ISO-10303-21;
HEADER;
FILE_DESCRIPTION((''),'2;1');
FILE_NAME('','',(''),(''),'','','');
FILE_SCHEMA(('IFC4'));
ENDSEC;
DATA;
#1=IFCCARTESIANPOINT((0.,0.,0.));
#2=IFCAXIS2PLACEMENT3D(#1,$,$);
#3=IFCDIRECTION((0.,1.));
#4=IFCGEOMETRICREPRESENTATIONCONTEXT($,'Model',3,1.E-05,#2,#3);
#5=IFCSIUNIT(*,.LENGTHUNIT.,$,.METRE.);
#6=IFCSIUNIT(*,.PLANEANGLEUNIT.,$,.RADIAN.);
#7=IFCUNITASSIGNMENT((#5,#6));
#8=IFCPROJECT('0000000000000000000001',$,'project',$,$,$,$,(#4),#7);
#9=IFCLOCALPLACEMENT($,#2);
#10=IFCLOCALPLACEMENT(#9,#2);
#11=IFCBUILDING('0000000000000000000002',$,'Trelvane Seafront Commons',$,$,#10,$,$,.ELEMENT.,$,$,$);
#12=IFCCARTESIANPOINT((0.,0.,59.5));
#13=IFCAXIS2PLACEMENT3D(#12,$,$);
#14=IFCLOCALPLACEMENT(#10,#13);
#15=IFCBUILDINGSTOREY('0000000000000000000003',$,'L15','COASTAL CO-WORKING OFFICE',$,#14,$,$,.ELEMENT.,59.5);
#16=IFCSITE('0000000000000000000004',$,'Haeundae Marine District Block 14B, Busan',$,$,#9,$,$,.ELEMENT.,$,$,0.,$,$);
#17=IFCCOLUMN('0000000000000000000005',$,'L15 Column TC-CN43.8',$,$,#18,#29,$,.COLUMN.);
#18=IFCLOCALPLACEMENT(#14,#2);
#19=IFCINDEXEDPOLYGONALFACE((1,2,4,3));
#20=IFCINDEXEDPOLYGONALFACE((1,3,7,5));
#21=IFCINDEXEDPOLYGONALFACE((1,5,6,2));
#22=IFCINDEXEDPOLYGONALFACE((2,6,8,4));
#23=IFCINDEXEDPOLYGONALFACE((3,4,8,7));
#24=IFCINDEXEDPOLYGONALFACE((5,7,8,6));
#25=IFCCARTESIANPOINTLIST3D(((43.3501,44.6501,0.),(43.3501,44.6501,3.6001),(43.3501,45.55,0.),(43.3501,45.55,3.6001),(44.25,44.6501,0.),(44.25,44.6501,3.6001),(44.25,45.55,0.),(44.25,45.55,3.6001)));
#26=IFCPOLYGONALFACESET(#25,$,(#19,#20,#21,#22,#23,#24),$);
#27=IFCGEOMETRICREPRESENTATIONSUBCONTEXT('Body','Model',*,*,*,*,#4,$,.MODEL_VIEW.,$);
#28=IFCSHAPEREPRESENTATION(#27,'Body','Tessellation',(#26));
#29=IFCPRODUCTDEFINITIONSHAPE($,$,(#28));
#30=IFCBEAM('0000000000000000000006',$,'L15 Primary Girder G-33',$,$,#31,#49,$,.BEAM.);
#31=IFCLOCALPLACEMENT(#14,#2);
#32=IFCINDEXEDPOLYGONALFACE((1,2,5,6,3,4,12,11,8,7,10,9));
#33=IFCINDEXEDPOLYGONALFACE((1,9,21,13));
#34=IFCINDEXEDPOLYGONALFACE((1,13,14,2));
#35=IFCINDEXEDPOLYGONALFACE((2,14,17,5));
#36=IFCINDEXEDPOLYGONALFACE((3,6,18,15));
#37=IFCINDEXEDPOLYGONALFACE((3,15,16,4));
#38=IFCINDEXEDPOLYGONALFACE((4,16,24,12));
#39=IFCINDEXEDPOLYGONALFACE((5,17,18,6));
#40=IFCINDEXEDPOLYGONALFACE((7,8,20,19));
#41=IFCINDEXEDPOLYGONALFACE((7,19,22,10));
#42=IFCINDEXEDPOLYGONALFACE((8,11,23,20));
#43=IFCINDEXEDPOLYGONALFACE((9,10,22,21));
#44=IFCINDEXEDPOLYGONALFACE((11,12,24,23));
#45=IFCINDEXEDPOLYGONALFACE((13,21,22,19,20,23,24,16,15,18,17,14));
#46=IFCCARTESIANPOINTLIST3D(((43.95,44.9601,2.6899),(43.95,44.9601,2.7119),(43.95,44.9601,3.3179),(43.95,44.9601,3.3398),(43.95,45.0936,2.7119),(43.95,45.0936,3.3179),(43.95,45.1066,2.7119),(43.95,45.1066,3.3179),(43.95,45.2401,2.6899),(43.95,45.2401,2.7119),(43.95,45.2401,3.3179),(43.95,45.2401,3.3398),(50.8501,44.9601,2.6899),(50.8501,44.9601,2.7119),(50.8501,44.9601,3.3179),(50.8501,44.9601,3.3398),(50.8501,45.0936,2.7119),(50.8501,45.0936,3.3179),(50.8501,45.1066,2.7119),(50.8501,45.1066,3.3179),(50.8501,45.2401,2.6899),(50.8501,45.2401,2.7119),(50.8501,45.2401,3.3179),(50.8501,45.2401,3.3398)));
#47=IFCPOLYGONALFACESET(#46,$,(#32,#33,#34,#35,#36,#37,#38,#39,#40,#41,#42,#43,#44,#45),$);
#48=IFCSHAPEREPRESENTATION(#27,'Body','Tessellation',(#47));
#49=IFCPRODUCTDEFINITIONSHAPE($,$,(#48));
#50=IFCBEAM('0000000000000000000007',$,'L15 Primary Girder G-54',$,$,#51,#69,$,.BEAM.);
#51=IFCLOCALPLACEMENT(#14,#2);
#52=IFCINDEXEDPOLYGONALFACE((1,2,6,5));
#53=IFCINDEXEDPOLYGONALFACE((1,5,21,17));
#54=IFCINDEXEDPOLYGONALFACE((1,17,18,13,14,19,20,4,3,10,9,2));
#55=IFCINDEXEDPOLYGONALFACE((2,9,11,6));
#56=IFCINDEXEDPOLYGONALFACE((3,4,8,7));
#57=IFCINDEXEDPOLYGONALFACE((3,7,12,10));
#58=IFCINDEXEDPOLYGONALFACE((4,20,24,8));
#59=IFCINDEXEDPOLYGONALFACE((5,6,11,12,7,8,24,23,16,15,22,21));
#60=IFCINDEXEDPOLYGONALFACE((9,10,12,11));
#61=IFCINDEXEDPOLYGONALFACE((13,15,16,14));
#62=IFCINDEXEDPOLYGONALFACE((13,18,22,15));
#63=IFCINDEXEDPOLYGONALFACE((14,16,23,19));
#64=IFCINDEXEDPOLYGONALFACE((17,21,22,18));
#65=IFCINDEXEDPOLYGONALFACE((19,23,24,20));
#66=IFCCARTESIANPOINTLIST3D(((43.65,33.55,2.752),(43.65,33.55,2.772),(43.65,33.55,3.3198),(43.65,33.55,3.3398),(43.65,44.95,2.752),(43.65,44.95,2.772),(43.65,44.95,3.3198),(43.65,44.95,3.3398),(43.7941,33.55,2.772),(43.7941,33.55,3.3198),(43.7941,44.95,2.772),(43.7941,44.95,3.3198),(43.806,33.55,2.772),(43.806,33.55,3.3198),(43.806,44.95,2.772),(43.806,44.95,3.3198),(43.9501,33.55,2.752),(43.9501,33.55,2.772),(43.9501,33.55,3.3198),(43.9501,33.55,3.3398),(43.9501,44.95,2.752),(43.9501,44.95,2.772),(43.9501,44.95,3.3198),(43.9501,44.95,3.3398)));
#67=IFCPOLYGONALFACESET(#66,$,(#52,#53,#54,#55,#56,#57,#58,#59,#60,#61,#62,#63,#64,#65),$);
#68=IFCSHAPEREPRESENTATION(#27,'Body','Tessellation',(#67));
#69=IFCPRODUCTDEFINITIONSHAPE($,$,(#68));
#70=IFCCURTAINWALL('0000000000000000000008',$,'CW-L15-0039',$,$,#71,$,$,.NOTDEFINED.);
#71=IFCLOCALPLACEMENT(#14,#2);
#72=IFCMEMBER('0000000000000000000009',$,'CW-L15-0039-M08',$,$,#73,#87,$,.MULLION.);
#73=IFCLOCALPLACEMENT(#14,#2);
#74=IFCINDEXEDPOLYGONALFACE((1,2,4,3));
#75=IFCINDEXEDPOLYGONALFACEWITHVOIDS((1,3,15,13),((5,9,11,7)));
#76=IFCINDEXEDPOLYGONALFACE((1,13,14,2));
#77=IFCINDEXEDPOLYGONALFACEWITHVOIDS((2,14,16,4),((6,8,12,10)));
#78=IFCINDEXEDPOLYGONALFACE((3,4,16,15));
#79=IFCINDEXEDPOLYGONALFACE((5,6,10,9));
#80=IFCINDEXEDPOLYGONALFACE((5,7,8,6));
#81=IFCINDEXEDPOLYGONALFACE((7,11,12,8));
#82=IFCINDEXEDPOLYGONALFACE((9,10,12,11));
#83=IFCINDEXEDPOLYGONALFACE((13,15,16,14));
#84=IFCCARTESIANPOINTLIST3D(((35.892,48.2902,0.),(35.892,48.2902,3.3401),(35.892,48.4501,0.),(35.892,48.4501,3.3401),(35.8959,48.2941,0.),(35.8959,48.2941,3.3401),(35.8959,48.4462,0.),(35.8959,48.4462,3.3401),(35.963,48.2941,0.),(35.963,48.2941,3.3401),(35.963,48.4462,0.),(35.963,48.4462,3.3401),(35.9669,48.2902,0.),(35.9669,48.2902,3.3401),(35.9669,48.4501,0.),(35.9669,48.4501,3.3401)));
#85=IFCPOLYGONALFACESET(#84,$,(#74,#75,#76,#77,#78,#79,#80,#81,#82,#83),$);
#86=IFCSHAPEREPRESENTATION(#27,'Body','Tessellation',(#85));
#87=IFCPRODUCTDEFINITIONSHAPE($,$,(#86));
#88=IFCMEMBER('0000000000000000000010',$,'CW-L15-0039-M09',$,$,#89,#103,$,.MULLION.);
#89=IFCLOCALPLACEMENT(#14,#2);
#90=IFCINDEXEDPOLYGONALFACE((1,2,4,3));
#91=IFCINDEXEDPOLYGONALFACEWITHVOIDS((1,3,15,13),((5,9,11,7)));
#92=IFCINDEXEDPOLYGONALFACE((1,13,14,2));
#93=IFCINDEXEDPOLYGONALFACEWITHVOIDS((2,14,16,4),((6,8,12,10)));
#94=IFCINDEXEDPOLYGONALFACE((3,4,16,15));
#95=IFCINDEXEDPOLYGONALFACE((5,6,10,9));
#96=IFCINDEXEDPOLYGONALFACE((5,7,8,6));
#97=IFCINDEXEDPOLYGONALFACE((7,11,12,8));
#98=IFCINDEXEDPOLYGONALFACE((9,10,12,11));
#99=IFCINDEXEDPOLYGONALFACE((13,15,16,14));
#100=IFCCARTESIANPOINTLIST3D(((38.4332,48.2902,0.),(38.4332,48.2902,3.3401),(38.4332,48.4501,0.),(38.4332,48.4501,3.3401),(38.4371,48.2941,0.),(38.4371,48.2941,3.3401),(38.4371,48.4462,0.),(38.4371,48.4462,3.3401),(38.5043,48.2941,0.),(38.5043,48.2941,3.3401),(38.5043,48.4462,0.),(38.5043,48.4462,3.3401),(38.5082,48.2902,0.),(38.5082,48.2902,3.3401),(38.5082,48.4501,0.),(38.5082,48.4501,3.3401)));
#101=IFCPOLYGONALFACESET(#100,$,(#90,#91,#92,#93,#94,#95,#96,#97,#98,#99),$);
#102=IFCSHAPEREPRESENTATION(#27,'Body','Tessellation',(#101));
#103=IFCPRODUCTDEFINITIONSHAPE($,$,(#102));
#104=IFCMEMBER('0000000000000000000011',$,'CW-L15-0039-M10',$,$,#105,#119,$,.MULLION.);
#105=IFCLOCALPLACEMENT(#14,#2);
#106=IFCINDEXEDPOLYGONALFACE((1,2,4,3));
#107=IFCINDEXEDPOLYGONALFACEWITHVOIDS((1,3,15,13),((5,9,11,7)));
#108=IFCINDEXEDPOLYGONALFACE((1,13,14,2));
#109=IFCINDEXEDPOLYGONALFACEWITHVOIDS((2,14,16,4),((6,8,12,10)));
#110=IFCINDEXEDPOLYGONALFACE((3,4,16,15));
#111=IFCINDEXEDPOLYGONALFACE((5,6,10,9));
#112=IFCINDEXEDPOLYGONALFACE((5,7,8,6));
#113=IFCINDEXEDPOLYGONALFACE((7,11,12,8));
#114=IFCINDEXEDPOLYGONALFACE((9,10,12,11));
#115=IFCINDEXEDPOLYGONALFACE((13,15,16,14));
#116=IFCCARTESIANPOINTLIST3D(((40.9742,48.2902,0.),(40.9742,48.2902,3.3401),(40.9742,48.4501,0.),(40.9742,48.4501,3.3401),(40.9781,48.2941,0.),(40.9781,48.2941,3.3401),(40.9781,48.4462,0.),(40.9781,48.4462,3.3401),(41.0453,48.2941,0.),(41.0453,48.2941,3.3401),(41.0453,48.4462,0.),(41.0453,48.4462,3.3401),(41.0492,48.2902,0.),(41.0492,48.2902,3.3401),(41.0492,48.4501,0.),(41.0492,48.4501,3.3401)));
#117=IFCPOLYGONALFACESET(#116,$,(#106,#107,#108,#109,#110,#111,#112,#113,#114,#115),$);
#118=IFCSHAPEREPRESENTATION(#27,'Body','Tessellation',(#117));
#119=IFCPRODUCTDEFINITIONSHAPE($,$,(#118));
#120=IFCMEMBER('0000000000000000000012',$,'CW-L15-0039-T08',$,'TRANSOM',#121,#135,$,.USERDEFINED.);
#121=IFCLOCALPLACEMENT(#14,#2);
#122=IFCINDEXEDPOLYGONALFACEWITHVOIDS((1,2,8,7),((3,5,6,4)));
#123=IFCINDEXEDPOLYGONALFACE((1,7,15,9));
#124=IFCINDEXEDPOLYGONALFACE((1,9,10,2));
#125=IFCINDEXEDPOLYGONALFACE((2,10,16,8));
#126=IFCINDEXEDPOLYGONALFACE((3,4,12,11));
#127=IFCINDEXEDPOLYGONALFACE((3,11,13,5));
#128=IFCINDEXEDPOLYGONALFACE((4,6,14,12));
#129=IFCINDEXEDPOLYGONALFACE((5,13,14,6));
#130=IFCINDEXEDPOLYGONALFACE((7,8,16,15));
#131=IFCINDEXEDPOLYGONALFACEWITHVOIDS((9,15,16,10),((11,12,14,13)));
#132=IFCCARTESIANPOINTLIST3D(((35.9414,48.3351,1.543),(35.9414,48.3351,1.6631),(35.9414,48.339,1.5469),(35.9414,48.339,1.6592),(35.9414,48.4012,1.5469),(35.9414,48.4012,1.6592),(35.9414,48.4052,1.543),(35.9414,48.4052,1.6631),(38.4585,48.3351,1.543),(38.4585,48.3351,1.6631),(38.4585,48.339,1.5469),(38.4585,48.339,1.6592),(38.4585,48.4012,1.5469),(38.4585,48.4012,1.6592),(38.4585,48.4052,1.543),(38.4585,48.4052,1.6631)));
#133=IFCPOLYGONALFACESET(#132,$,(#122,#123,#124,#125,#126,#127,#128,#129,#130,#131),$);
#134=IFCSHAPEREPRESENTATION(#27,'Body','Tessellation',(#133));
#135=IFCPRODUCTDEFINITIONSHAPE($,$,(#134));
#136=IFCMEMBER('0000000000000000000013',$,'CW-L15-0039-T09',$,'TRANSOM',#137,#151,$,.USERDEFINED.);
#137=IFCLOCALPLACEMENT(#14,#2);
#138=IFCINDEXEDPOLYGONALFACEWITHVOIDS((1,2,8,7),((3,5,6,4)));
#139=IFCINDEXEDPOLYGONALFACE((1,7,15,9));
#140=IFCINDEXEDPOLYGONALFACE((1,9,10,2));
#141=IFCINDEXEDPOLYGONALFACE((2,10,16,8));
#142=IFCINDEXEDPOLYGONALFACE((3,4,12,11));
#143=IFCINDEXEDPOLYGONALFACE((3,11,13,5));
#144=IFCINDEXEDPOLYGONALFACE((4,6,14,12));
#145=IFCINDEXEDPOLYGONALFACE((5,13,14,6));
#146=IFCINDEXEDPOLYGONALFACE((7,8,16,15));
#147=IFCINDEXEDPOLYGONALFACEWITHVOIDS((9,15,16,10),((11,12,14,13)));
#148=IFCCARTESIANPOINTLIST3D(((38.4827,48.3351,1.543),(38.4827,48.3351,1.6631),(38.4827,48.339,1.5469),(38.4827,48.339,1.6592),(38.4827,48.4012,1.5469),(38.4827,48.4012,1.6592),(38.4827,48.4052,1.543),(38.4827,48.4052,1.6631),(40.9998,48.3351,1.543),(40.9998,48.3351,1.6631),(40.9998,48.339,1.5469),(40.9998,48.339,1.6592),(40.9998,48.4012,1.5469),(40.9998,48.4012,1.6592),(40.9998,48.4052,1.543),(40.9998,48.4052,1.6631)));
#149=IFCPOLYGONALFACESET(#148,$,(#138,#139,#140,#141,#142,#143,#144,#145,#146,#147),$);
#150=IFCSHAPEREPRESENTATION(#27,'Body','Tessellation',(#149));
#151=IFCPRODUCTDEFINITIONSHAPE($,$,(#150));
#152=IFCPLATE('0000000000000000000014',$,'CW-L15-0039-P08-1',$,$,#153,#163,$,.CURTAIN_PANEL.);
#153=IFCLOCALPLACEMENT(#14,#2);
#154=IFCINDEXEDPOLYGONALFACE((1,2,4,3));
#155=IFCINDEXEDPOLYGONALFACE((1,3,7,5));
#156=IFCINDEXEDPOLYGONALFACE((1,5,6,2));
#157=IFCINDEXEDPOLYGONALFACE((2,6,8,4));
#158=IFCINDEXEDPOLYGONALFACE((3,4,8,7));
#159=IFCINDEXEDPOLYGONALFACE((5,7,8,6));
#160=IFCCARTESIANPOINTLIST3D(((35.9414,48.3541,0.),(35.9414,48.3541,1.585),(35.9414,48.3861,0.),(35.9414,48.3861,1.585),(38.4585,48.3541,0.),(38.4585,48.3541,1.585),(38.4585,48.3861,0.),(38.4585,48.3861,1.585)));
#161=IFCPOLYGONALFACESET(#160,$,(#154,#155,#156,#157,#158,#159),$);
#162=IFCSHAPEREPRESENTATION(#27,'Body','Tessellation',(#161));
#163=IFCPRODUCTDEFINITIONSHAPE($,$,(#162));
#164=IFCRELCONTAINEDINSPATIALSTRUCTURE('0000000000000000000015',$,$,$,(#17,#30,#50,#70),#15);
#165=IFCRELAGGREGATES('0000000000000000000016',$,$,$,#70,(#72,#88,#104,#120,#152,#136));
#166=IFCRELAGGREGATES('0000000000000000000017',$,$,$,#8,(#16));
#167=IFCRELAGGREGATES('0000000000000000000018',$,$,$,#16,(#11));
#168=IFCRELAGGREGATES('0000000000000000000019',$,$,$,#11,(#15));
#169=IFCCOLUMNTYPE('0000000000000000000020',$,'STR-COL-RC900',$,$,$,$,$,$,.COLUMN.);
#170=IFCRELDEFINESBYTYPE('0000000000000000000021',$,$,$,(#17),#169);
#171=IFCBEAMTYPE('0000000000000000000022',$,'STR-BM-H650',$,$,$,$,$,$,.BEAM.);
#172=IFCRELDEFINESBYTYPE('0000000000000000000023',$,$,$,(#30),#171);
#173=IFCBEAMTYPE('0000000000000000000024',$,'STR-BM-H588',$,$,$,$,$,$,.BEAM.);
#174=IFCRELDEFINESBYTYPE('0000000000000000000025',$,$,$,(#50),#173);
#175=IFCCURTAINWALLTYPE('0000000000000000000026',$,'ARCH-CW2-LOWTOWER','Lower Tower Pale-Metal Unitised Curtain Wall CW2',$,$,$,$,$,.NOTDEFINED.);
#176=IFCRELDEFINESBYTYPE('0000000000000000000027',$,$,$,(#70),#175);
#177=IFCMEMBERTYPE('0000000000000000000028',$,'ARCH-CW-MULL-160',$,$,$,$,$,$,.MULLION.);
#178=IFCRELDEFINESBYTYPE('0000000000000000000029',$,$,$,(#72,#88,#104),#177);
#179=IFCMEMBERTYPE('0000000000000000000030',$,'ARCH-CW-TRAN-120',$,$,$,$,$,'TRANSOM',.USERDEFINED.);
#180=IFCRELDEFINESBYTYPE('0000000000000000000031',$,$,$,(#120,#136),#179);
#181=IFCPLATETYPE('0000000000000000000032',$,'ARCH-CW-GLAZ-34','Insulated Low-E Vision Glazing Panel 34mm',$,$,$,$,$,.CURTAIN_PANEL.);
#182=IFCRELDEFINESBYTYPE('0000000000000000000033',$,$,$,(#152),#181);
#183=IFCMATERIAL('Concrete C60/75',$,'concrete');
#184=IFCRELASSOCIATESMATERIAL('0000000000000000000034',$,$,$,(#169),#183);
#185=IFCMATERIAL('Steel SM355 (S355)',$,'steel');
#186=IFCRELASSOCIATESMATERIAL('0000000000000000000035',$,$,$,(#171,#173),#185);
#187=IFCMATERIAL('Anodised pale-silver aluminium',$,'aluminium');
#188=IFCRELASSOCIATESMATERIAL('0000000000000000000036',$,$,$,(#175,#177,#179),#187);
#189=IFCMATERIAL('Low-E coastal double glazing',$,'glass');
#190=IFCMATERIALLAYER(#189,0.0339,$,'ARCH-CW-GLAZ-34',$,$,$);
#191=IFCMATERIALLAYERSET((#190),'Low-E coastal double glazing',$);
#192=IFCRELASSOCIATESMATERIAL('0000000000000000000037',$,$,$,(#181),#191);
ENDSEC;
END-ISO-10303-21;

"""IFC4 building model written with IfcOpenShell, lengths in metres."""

from ifc_helpers import new_model, si_unit, direction, frame, origin, origin_2d, place, context, subcontext, project, spatial, rectangle, hollow_rectangle, i_section, extrude, source, transform, mapped, material, layer, layer_set, material_profile, profile_set, type_object, element, aggregate, save


model = new_model("IFC4")

# Units and contexts
model_context = context("Model", 3, precision=1e-05, world=origin(), true_north=direction((0.0, 1.0)))
body_context = subcontext(model_context, "Body", "Model", "MODEL_VIEW")
ifc_project = project(units=[si_unit("LENGTHUNIT", "METRE"), si_unit("PLANEANGLEUNIT", "RADIAN")], contexts=[model_context])

# Site, building, storey
site_placement = place(None, origin())
site = spatial("IfcSite", under=ifc_project, at=site_placement, Name="Haeundae Marine District Block 14B, Busan", CompositionType="ELEMENT", RefElevation=0.0)
building_placement = place(site_placement, origin())
building = spatial("IfcBuilding", under=site, at=building_placement, Name="Trelvane Seafront Commons", CompositionType="ELEMENT")
storey_placement = place(building_placement, frame((0.0, 0.0, 59.5)))
storey = spatial("IfcBuildingStorey", under=building, at=storey_placement, Name="L15", Description="COASTAL CO-WORKING OFFICE", CompositionType="ELEMENT", Elevation=59.5)

# Column
ifc_material_1 = material(Name="Concrete C60/75", Category="concrete")
ifc_material_profile_1 = material_profile(ifc_material_1, rectangle(XDim=0.8999, YDim=0.8999, at=origin_2d()), Name="RC-900x900")
ifc_profile_set_1 = profile_set([ifc_material_profile_1], Name="Concrete C60/75")
column_type = type_object("IfcColumnType", Name="STR-COL-RC900", PredefinedType="COLUMN", material=ifc_profile_set_1)
shared_shape_1 = source(origin(), body_context, "Body", "SweptSolid", [
    extrude(rectangle(XDim=0.8999, YDim=0.8999, at=origin_2d()), origin(), (0.0, 0.0, 1.0), 3.6001),
])
column_placement = place(storey_placement, frame((43.8, 45.1001, 0.0), z_axis=(0.0, 0.0, 1.0), x_axis=(1.0, 0.0, 0.0)))
element("IfcColumn", 1, at=column_placement, inside=storey, type_object=column_type, Name="L15 Column TC-CN43.8", PredefinedType="COLUMN", context=body_context, shape_type="MappedRepresentation", body=[
    mapped(shared_shape_1, transform((0.0, 0.0, 0.0), x_axis=(1.0, 0.0, 0.0), y_axis=(0.0, 1.0, 0.0), z_axis=(0.0, 0.0, 1.0), scale=1.0)),
])

# Beams
ifc_material_2 = material(Name="Steel SM355 (S355)", Category="steel")
ifc_material_profile_2 = material_profile(ifc_material_2, i_section(OverallWidth=0.28, OverallDepth=0.6499, WebThickness=0.0129, FlangeThickness=0.022, at=origin_2d()), Name="H-650x280x13x22")
ifc_profile_set_2 = profile_set([ifc_material_profile_2], Name="Steel SM355 (S355)")
beam_type_1 = type_object("IfcBeamType", Name="STR-BM-H650", PredefinedType="BEAM", material=ifc_profile_set_2)
shared_shape_2 = source(origin(), body_context, "Body", "SweptSolid", [
    extrude(i_section(OverallWidth=0.28, OverallDepth=0.6499, WebThickness=0.0129, FlangeThickness=0.022, at=origin_2d()), origin(), (0.0, 0.0, 1.0), 6.9001),
])
beam_1_placement = place(storey_placement, frame((43.95, 45.1001, 3.0149), z_axis=(1.0, 0.0, 0.0), x_axis=(0.0, 1.0, 0.0)))
element("IfcBeam", 2, at=beam_1_placement, inside=storey, type_object=beam_type_1, Name="L15 Primary Girder G-33", PredefinedType="BEAM", context=body_context, shape_type="MappedRepresentation", body=[
    mapped(shared_shape_2, transform((0.0, 0.0, 0.0), x_axis=(1.0, 0.0, 0.0), y_axis=(0.0, 1.0, 0.0), z_axis=(0.0, 0.0, 1.0), scale=1.0)),
])
ifc_material_profile_3 = material_profile(ifc_material_2, i_section(OverallWidth=0.3, OverallDepth=0.5879, WebThickness=0.012, FlangeThickness=0.02, at=origin_2d()), Name="H-588x300x12x20")
ifc_profile_set_3 = profile_set([ifc_material_profile_3], Name="Steel SM355 (S355)")
beam_type_2 = type_object("IfcBeamType", Name="STR-BM-H588", PredefinedType="BEAM", material=ifc_profile_set_3)
shared_shape_3 = source(origin(), body_context, "Body", "SweptSolid", [
    extrude(i_section(OverallWidth=0.3, OverallDepth=0.5879, WebThickness=0.012, FlangeThickness=0.02, at=origin_2d()), origin(), (0.0, 0.0, 1.0), 11.3999),
])
beam_2_placement = place(storey_placement, frame((43.8, 33.55, 3.0459), z_axis=(0.0, 1.0, 0.0), x_axis=(-1.0, 0.0, 0.0)))
element("IfcBeam", 3, at=beam_2_placement, inside=storey, type_object=beam_type_2, Name="L15 Primary Girder G-54", PredefinedType="BEAM", context=body_context, shape_type="MappedRepresentation", body=[
    mapped(shared_shape_3, transform((0.0, 0.0, 0.0), x_axis=(1.0, 0.0, 0.0), y_axis=(0.0, 1.0, 0.0), z_axis=(0.0, 0.0, 1.0), scale=1.0)),
])

# Curtain wall, members, plate
ifc_material_3 = material(Name="Anodised pale-silver aluminium", Category="aluminium")
curtain_wall_type = type_object("IfcCurtainWallType", Name="ARCH-CW2-LOWTOWER", Description="Lower Tower Pale-Metal Unitised Curtain Wall CW2", PredefinedType="NOTDEFINED", material=ifc_material_3)
curtain_wall_placement = place(storey_placement, origin())
curtain_wall = element("IfcCurtainWall", 4, at=curtain_wall_placement, inside=storey, type_object=curtain_wall_type, Name="CW-L15-0039", PredefinedType="NOTDEFINED")
ifc_material_profile_4 = material_profile(ifc_material_3, hollow_rectangle(XDim=0.075, YDim=0.1599, WallThickness=0.0039, at=origin_2d()), Name="MULL-75x160x4")
ifc_profile_set_4 = profile_set([ifc_material_profile_4], Name="Anodised pale-silver aluminium")
member_type_1 = type_object("IfcMemberType", Name="ARCH-CW-MULL-160", PredefinedType="MULLION", material=ifc_profile_set_4)
shared_shape_4 = source(origin(), body_context, "Body", "SweptSolid", [
    extrude(hollow_rectangle(XDim=0.075, YDim=0.1599, WallThickness=0.0039, at=origin_2d()), origin(), (0.0, 0.0, 1.0), 3.3401),
])
member_1_placement = place(storey_placement, frame((35.9294, 48.3701, 0.0), z_axis=(0.0, 0.0, 1.0), x_axis=(1.0, 0.0, 0.0)))
member_1 = element("IfcMember", 5, at=member_1_placement, type_object=member_type_1, Name="CW-L15-0039-M08", PredefinedType="MULLION", context=body_context, shape_type="MappedRepresentation", body=[
    mapped(shared_shape_4, transform((0.0, 0.0, 0.0), x_axis=(1.0, 0.0, 0.0), y_axis=(0.0, 1.0, 0.0), z_axis=(0.0, 0.0, 1.0), scale=1.0)),
])
member_2_placement = place(storey_placement, frame((38.4707, 48.3701, 0.0), z_axis=(0.0, 0.0, 1.0), x_axis=(1.0, 0.0, 0.0)))
member_2 = element("IfcMember", 6, at=member_2_placement, type_object=member_type_1, Name="CW-L15-0039-M09", PredefinedType="MULLION", context=body_context, shape_type="MappedRepresentation", body=[
    mapped(shared_shape_4, transform((0.0, 0.0, 0.0), x_axis=(1.0, 0.0, 0.0), y_axis=(0.0, 1.0, 0.0), z_axis=(0.0, 0.0, 1.0), scale=1.0)),
])
member_3_placement = place(storey_placement, frame((41.0117, 48.3701, 0.0), z_axis=(0.0, 0.0, 1.0), x_axis=(1.0, 0.0, 0.0)))
member_3 = element("IfcMember", 7, at=member_3_placement, type_object=member_type_1, Name="CW-L15-0039-M10", PredefinedType="MULLION", context=body_context, shape_type="MappedRepresentation", body=[
    mapped(shared_shape_4, transform((0.0, 0.0, 0.0), x_axis=(1.0, 0.0, 0.0), y_axis=(0.0, 1.0, 0.0), z_axis=(0.0, 0.0, 1.0), scale=1.0)),
])
ifc_material_profile_5 = material_profile(ifc_material_3, hollow_rectangle(XDim=0.0701, YDim=0.1201, WallThickness=0.0039, at=origin_2d()), Name="TRAN-70x120x4")
ifc_profile_set_5 = profile_set([ifc_material_profile_5], Name="Anodised pale-silver aluminium")
member_type_2 = type_object("IfcMemberType", Name="ARCH-CW-TRAN-120", ElementType="TRANSOM", PredefinedType="USERDEFINED", material=ifc_profile_set_5)
shared_shape_5 = source(origin(), body_context, "Body", "SweptSolid", [
    extrude(hollow_rectangle(XDim=0.0701, YDim=0.1201, WallThickness=0.0039, at=origin_2d()), origin(), (0.0, 0.0, 1.0), 2.5171),
])
member_4_placement = place(storey_placement, frame((35.9414, 48.3701, 1.603), z_axis=(1.0, 0.0, 0.0), x_axis=(0.0, 1.0, 0.0)))
member_4 = element("IfcMember", 8, at=member_4_placement, type_object=member_type_2, Name="CW-L15-0039-T08", ObjectType="TRANSOM", PredefinedType="USERDEFINED", context=body_context, shape_type="MappedRepresentation", body=[
    mapped(shared_shape_5, transform((0.0, 0.0, 0.0), x_axis=(1.0, 0.0, 0.0), y_axis=(0.0, 1.0, 0.0), z_axis=(0.0, 0.0, 1.0), scale=1.0)),
])
member_5_placement = place(storey_placement, frame((38.4827, 48.3701, 1.603), z_axis=(1.0, 0.0, 0.0), x_axis=(0.0, 1.0, 0.0)))
member_5 = element("IfcMember", 9, at=member_5_placement, type_object=member_type_2, Name="CW-L15-0039-T09", ObjectType="TRANSOM", PredefinedType="USERDEFINED", context=body_context, shape_type="MappedRepresentation", body=[
    mapped(shared_shape_5, transform((0.0, 0.0, 0.0), x_axis=(1.0, 0.0, 0.0), y_axis=(0.0, 1.0, 0.0), z_axis=(0.0, 0.0, 1.0), scale=1.0)),
])
ifc_material_4 = material(Name="Low-E coastal double glazing", Category="glass")
ifc_layer_1 = layer(ifc_material_4, 0.0339, Name="ARCH-CW-GLAZ-34")
ifc_layer_set_1 = layer_set([ifc_layer_1], Name="Low-E coastal double glazing")
plate_type = type_object("IfcPlateType", Name="ARCH-CW-GLAZ-34", Description="Insulated Low-E Vision Glazing Panel 34mm", PredefinedType="CURTAIN_PANEL", material=ifc_layer_set_1)
shared_shape_6 = source(origin(), body_context, "Body", "SweptSolid", [
    extrude(rectangle(XDim=2.5171, YDim=0.032, at=origin_2d()), origin(), (0.0, 0.0, 1.0), 1.585),
])
plate_1_placement = place(storey_placement, frame((37.2, 48.3701, 0.0), z_axis=(0.0, 0.0, 1.0), x_axis=(1.0, 0.0, 0.0)))
plate_1 = element("IfcPlate", 10, at=plate_1_placement, type_object=plate_type, Name="CW-L15-0039-P08-1", PredefinedType="CURTAIN_PANEL", context=body_context, shape_type="MappedRepresentation", body=[
    mapped(shared_shape_6, transform((0.0, 0.0, 0.0), x_axis=(1.0, 0.0, 0.0), y_axis=(0.0, 1.0, 0.0), z_axis=(0.0, 0.0, 1.0), scale=1.0)),
])
aggregate(curtain_wall, [member_1, member_2, member_3, member_4, plate_1, member_5])

save(model, "model.ifc")
